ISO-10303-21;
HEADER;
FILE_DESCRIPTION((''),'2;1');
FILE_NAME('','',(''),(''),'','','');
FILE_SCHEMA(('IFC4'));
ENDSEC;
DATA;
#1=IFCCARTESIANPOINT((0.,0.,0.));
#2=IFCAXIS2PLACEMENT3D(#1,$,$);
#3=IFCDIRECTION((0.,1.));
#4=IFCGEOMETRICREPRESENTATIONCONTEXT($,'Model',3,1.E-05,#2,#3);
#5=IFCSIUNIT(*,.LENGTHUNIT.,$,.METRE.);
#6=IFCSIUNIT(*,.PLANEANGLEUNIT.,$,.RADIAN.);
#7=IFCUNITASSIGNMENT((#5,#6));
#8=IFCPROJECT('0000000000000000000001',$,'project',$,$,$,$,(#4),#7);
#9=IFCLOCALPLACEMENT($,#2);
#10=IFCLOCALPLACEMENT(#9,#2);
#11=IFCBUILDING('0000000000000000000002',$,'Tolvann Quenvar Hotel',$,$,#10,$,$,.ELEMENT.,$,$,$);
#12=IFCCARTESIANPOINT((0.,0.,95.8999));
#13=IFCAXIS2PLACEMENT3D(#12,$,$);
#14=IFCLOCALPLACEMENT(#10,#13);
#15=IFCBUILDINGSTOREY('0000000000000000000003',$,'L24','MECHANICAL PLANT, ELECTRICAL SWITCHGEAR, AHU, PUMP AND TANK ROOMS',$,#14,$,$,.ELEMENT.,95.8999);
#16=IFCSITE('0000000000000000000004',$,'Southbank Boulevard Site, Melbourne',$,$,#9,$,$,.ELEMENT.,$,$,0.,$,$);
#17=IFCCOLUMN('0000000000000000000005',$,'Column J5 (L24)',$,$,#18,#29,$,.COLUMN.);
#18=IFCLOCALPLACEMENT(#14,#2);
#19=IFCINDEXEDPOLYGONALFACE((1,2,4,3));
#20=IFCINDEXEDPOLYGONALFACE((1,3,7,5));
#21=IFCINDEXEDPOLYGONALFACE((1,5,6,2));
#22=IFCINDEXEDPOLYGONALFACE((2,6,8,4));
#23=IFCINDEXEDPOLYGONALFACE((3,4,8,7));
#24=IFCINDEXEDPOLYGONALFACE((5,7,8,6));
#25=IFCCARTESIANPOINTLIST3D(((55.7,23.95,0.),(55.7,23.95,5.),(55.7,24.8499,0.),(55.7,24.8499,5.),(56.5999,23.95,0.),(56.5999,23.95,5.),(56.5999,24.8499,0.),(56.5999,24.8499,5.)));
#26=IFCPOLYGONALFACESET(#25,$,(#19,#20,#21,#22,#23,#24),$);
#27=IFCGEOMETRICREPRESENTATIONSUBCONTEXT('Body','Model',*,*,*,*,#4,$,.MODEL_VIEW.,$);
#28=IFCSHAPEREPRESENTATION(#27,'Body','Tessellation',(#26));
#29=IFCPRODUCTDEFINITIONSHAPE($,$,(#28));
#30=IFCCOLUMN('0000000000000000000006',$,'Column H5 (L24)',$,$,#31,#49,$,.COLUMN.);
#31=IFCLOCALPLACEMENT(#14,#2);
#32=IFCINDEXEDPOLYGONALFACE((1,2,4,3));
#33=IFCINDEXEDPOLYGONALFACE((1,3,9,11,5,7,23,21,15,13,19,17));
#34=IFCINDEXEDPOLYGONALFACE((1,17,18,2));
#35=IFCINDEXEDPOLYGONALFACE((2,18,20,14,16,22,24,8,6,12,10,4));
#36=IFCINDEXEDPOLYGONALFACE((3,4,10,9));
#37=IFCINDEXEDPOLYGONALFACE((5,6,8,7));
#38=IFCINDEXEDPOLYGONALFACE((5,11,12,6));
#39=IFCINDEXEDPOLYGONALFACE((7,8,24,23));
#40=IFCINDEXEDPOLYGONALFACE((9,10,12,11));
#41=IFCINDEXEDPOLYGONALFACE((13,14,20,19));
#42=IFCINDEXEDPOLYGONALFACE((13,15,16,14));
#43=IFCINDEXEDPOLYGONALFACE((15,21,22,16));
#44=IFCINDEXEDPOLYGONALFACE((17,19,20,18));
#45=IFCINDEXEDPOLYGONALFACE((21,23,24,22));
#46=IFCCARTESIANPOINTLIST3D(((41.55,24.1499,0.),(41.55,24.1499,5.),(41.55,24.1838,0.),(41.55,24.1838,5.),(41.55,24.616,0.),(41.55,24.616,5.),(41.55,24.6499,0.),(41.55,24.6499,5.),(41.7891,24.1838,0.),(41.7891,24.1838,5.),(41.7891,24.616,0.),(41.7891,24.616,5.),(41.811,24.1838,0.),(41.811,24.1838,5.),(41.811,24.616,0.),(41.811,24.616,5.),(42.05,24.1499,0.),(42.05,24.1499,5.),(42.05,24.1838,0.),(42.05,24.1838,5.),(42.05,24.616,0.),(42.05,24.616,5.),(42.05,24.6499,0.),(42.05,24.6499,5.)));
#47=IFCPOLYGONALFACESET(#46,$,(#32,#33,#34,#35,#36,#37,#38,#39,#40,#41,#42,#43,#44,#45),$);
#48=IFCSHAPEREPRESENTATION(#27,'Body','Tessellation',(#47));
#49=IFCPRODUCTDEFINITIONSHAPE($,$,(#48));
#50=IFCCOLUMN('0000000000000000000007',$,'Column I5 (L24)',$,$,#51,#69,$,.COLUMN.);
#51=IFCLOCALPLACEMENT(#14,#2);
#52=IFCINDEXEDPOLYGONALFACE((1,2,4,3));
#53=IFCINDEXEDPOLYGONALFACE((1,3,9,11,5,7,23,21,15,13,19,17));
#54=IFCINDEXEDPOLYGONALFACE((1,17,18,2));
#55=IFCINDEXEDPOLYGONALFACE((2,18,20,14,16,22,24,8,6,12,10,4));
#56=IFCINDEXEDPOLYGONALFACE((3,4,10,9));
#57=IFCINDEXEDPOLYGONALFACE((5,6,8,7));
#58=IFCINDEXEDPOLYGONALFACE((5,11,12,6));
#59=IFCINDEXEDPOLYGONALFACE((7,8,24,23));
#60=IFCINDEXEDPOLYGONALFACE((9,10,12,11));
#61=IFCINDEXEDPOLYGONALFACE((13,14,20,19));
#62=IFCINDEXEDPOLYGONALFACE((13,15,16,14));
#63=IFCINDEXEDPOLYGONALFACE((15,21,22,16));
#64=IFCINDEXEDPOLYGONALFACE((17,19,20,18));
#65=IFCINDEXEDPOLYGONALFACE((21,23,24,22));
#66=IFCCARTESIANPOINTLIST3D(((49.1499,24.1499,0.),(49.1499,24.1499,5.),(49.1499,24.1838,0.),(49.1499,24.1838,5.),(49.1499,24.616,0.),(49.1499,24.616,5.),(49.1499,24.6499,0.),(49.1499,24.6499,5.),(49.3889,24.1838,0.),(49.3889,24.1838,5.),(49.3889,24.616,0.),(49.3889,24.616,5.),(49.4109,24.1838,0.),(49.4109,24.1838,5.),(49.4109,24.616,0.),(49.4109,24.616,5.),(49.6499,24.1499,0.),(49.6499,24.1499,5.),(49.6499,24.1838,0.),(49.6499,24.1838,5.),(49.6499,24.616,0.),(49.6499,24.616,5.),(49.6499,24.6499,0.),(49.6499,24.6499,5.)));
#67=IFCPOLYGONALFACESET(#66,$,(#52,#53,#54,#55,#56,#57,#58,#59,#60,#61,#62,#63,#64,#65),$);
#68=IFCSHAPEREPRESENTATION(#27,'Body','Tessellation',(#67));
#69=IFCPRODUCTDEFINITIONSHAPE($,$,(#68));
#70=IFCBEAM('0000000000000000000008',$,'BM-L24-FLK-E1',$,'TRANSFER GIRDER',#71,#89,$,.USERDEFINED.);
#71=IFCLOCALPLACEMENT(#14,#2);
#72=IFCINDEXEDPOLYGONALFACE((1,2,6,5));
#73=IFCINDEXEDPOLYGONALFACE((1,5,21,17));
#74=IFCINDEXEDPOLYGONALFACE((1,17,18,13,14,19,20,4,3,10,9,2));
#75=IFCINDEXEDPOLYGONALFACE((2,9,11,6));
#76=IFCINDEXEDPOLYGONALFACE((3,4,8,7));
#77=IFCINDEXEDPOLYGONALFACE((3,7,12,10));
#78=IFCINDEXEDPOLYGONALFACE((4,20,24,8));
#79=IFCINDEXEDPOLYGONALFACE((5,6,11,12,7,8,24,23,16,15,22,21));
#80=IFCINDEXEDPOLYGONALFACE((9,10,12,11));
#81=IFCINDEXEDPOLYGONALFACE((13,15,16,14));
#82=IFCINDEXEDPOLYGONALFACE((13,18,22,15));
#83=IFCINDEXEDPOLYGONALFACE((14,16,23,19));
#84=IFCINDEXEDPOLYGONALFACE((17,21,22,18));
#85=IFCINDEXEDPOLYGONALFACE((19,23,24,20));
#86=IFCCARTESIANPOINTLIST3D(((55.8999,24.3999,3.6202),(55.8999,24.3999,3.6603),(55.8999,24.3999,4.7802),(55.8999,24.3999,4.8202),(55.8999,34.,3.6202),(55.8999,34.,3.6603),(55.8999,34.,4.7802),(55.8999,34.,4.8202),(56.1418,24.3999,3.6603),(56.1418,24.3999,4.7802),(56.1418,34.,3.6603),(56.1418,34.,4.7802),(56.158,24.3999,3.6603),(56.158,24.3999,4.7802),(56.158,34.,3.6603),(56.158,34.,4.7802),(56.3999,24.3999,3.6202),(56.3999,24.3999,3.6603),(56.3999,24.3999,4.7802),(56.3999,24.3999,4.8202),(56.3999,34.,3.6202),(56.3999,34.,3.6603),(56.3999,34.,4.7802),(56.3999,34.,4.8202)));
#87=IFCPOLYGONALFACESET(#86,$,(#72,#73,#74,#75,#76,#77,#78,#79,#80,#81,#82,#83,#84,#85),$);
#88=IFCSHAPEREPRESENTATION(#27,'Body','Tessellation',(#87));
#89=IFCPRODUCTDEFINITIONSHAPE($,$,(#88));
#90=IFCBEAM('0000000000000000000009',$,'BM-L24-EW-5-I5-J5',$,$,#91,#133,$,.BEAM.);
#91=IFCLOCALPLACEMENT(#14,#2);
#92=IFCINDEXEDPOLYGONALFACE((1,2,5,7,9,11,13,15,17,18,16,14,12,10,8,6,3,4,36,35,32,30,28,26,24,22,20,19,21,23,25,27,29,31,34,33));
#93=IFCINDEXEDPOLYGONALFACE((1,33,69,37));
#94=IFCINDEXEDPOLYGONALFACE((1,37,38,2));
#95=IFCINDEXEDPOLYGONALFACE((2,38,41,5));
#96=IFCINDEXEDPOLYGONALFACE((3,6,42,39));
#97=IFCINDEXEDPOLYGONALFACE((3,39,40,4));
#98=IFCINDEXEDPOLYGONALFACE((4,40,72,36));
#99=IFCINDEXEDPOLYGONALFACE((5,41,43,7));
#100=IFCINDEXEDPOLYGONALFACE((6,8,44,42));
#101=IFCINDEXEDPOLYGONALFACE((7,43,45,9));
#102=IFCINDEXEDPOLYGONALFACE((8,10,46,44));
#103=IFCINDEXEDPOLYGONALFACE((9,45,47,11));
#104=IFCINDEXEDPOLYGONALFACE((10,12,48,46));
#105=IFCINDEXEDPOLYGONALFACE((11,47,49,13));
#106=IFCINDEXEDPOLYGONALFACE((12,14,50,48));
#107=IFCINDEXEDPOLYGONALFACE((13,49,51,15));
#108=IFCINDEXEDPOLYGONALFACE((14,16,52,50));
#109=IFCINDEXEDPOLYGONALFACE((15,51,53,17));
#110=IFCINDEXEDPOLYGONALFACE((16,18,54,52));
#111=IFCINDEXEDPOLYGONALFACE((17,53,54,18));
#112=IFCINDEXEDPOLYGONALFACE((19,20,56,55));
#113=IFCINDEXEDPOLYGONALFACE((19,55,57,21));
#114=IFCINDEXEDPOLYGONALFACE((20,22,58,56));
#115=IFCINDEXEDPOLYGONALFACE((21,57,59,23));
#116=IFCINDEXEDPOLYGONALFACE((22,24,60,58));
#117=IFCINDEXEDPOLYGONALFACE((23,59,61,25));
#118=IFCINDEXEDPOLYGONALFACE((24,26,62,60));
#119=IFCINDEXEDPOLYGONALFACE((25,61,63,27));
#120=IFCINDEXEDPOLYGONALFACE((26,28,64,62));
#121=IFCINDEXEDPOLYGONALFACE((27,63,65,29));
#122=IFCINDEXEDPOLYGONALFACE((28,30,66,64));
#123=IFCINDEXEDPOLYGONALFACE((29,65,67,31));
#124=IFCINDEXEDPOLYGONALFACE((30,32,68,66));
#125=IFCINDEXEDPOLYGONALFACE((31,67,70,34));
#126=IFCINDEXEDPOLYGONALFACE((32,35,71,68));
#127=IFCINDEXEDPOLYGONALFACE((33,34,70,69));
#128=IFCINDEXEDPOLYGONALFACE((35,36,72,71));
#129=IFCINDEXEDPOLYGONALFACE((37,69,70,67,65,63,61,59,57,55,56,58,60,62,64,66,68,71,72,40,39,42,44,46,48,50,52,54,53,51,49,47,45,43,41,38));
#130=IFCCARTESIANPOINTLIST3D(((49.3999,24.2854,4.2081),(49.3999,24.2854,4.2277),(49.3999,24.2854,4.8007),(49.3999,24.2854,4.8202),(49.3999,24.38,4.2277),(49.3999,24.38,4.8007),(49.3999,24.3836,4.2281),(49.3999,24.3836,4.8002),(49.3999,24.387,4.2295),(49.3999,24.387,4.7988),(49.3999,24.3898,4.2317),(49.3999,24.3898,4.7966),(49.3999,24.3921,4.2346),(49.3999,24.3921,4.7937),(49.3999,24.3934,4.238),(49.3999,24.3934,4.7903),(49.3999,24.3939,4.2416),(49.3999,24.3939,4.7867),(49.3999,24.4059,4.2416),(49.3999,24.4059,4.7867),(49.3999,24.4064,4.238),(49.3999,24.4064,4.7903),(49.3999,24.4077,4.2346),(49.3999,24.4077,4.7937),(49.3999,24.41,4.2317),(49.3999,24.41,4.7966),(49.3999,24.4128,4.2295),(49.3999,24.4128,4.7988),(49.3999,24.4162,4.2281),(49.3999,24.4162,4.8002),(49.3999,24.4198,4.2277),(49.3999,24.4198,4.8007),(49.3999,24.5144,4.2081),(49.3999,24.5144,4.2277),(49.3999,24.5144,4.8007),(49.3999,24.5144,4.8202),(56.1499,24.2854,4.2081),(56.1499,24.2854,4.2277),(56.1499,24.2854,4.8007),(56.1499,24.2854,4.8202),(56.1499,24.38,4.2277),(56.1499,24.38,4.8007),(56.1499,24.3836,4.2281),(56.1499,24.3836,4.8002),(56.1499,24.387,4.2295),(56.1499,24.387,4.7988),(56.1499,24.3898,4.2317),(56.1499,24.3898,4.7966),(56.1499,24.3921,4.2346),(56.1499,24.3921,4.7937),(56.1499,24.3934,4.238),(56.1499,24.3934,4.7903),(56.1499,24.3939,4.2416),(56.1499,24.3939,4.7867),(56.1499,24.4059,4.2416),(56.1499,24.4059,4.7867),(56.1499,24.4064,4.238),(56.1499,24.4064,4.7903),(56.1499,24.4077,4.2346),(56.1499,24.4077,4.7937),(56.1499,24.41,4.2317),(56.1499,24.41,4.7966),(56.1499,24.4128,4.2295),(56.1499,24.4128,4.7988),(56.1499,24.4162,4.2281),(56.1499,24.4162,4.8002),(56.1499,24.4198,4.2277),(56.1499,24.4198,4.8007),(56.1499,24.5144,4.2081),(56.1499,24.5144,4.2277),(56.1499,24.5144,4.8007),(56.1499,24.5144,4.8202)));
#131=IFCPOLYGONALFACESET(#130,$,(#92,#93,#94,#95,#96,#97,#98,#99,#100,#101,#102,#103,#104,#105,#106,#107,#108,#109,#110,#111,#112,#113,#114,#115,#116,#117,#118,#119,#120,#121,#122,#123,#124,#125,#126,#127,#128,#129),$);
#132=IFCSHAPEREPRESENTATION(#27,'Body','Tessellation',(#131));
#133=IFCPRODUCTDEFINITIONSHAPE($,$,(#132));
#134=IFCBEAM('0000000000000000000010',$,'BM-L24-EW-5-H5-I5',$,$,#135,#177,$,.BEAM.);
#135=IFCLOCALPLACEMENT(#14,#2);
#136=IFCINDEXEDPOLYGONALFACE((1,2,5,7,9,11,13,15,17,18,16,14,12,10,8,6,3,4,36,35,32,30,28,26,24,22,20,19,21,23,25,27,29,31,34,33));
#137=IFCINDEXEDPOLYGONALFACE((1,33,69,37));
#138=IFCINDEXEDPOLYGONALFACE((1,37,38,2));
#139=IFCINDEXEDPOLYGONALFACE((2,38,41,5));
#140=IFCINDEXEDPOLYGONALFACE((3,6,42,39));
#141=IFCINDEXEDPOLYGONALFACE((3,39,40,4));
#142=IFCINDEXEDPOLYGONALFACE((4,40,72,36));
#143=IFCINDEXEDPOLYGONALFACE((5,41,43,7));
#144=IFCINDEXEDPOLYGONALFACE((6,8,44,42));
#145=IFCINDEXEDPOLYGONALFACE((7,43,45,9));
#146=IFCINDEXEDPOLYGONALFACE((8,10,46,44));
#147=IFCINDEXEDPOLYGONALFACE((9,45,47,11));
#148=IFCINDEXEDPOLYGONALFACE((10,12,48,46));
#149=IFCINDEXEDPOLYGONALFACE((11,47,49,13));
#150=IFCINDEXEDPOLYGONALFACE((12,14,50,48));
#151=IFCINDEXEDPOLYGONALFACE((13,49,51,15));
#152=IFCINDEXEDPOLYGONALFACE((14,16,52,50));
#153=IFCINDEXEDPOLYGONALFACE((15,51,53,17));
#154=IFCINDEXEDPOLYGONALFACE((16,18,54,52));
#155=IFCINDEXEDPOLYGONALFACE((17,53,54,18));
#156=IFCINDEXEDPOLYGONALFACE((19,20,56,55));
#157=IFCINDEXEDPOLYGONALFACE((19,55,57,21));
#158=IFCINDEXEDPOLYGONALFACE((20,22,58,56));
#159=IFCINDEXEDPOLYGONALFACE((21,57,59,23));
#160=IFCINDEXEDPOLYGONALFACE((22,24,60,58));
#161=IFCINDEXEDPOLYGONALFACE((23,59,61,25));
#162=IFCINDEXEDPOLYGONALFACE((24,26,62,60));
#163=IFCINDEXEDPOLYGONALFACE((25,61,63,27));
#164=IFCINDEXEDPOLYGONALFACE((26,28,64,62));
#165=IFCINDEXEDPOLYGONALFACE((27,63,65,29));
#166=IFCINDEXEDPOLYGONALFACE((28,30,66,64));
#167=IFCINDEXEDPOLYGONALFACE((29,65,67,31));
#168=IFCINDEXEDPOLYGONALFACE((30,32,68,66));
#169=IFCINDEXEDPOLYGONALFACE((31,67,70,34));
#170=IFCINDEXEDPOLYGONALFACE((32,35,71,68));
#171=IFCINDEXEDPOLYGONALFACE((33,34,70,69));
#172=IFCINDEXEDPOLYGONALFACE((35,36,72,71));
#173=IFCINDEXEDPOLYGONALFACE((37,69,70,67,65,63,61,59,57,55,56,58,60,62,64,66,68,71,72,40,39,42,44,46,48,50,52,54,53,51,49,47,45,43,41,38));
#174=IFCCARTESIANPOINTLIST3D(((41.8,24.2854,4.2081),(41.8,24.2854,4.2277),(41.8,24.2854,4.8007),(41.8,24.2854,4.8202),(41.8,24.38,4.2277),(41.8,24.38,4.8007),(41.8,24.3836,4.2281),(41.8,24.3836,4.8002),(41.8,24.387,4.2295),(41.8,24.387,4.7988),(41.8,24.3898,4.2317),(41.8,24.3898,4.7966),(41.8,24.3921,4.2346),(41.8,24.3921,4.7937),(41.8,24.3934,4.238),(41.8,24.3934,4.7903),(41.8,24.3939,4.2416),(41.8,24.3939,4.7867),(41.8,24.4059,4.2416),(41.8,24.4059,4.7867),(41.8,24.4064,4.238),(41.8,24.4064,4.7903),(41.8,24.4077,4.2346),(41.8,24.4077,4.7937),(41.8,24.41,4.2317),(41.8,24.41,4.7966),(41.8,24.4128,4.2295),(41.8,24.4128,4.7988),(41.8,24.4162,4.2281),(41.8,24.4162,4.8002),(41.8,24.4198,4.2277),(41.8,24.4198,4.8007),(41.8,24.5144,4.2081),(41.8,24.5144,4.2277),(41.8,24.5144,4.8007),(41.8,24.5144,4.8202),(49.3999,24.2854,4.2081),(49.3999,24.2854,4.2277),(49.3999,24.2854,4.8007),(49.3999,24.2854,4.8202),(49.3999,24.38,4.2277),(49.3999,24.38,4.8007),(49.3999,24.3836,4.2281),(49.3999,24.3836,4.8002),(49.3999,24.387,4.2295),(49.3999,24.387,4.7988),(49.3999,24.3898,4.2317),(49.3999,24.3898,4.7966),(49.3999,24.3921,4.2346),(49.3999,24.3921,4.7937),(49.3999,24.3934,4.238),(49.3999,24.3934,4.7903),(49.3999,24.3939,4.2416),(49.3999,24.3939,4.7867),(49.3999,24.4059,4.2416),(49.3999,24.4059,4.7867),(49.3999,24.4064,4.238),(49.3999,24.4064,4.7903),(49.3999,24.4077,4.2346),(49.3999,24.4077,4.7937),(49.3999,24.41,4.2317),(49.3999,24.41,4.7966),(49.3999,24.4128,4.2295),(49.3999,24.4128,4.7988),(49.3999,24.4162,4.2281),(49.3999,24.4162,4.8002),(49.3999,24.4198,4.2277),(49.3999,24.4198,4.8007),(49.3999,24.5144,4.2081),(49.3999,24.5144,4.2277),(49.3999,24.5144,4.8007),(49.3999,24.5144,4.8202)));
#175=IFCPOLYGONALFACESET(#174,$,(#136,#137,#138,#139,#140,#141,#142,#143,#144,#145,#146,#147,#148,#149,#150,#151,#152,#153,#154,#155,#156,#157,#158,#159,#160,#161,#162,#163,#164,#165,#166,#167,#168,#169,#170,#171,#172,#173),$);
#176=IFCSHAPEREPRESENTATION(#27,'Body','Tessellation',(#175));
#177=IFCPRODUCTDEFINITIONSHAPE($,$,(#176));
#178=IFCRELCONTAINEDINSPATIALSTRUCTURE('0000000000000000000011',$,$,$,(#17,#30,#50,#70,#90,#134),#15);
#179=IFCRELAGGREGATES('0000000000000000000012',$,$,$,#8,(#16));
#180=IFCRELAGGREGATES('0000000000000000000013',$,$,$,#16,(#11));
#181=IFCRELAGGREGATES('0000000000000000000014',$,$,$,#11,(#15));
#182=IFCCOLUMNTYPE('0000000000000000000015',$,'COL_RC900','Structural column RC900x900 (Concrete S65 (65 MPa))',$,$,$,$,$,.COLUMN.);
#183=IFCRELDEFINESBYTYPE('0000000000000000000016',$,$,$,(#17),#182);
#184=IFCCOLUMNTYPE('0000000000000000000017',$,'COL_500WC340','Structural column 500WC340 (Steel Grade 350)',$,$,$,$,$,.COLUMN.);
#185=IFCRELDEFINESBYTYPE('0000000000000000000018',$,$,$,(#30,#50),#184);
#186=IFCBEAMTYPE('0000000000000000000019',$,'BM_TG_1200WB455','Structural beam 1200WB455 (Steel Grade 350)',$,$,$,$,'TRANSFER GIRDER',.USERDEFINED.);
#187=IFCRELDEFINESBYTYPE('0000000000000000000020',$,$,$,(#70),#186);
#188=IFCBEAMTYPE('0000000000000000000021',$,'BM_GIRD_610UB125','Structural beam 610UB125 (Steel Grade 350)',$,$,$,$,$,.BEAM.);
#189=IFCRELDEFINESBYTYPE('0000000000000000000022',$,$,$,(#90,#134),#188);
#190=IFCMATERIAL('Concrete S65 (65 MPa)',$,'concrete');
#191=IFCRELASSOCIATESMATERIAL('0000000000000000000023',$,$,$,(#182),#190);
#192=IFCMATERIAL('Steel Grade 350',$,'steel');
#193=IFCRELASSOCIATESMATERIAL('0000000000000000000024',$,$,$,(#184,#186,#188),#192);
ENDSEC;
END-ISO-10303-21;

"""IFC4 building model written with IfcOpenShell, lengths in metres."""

from ifc_helpers import new_model, si_unit, direction, frame, origin, origin_2d, place, context, subcontext, project, spatial, rectangle, i_section, extrude, source, transform, mapped, material, material_profile, profile_set, type_object, type_shapes, element, save


model = new_model("IFC4")

# Units and contexts
model_context = context("Model", 3, precision=1e-05, world=origin(), true_north=direction((0.0, 1.0)))
body_context = subcontext(model_context, "Body", "Model", "MODEL_VIEW")
ifc_project = project(units=[si_unit("LENGTHUNIT", "METRE"), si_unit("PLANEANGLEUNIT", "RADIAN")], contexts=[model_context])

# Site, building, storey
site_placement = place(None, origin())
site = spatial("IfcSite", under=ifc_project, at=site_placement, Name="Southbank Boulevard Site, Melbourne", CompositionType="ELEMENT", RefElevation=0.0)
building_placement = place(site_placement, origin())
building = spatial("IfcBuilding", under=site, at=building_placement, Name="Tolvann Quenvar Hotel", CompositionType="ELEMENT")
storey_placement = place(building_placement, frame((0.0, 0.0, 95.8999)))
storey = spatial("IfcBuildingStorey", under=building, at=storey_placement, Name="L24", Description="MECHANICAL PLANT, ELECTRICAL SWITCHGEAR, AHU, PUMP AND TANK ROOMS", CompositionType="ELEMENT", Elevation=95.8999)

# Columns
ifc_material_1 = material(Name="Concrete S65 (65 MPa)", Category="concrete")
ifc_material_profile_1 = material_profile(ifc_material_1, rectangle(XDim=0.8999, YDim=0.8999, at=origin_2d()), Name="RC900x900")
ifc_profile_set_1 = profile_set([ifc_material_profile_1], Name="Concrete S65 (65 MPa)")
column_type_1 = type_object("IfcColumnType", Name="COL_RC900", Description="Structural column RC900x900 (Concrete S65 (65 MPa))", PredefinedType="COLUMN", material=ifc_profile_set_1)
shared_shape_1 = source(origin(), body_context, "Body", "SweptSolid", [
    extrude(rectangle(XDim=0.8999, YDim=0.8999, at=origin_2d()), origin(), (0.0, 0.0, 1.0), 5.0),
])
type_shapes(column_type_1, [shared_shape_1])
column_placement = place(storey_placement, frame((56.1499, 24.3999, 0.0), z_axis=(0.0, 0.0, 1.0), x_axis=(1.0, 0.0, 0.0)))
element("IfcColumn", 1, at=column_placement, inside=storey, type_object=column_type_1, Name="Column J5 (L24)", PredefinedType="COLUMN", context=body_context, shape_type="MappedRepresentation", body=[
    mapped(shared_shape_1, transform((0.0, 0.0, 0.0), x_axis=(1.0, 0.0, 0.0), y_axis=(0.0, 1.0, 0.0), z_axis=(0.0, 0.0, 1.0), scale=1.0)),
])
ifc_material_2 = material(Name="Steel Grade 350", Category="steel")
ifc_material_profile_2 = material_profile(ifc_material_2, i_section(OverallWidth=0.5, OverallDepth=0.5, WebThickness=0.022, FlangeThickness=0.0339, at=origin_2d()), Name="500WC340")
ifc_profile_set_2 = profile_set([ifc_material_profile_2], Name="Steel Grade 350")
column_type_2 = type_object("IfcColumnType", Name="COL_500WC340", Description="Structural column 500WC340 (Steel Grade 350)", PredefinedType="COLUMN", material=ifc_profile_set_2)
shared_shape_2 = source(origin(), body_context, "Body", "SweptSolid", [
    extrude(i_section(OverallWidth=0.5, OverallDepth=0.5, WebThickness=0.022, FlangeThickness=0.0339, at=origin_2d()), origin(), (0.0, 0.0, 1.0), 5.0),
])
type_shapes(column_type_2, [shared_shape_2])
for number, where, z_axis, x_axis, name in (
    (2, (41.8, 24.3999, 0.0), (0.0, 0.0, 1.0), (1.0, 0.0, 0.0), "Column H5 (L24)"),
    (3, (49.3999, 24.3999, 0.0), (0.0, 0.0, 1.0), (1.0, 0.0, 0.0), "Column I5 (L24)"),
):
    element("IfcColumn", number, at=place(storey_placement, frame(where, z_axis=z_axis, x_axis=x_axis)), inside=storey, type_object=column_type_2, Name=name, PredefinedType="COLUMN", context=body_context, shape_type="MappedRepresentation", body=[
        mapped(shared_shape_2, transform((0.0, 0.0, 0.0), x_axis=(1.0, 0.0, 0.0), y_axis=(0.0, 1.0, 0.0), z_axis=(0.0, 0.0, 1.0), scale=1.0)),
    ])

# Beams
ifc_material_profile_3 = material_profile(ifc_material_2, i_section(OverallWidth=0.5, OverallDepth=1.2, WebThickness=0.0161, FlangeThickness=0.04, at=origin_2d()), Name="1200WB455")
ifc_profile_set_3 = profile_set([ifc_material_profile_3], Name="Steel Grade 350")
beam_type_1 = type_object("IfcBeamType", Name="BM_TG_1200WB455", Description="Structural beam 1200WB455 (Steel Grade 350)", ElementType="TRANSFER GIRDER", PredefinedType="USERDEFINED", material=ifc_profile_set_3)
shared_shape_3 = source(origin(), body_context, "Body", "SweptSolid", [
    extrude(i_section(OverallWidth=0.5, OverallDepth=1.2, WebThickness=0.0161, FlangeThickness=0.04, at=origin_2d()), origin(), (0.0, 0.0, 1.0), 9.6001),
])
beam_1_placement = place(storey_placement, frame((56.1499, 24.3999, 4.2202), z_axis=(0.0, 1.0, 0.0), x_axis=(-1.0, 0.0, 0.0)))
element("IfcBeam", 4, at=beam_1_placement, inside=storey, type_object=beam_type_1, Name="BM-L24-FLK-E1", ObjectType="TRANSFER GIRDER", PredefinedType="USERDEFINED", context=body_context, shape_type="MappedRepresentation", body=[
    mapped(shared_shape_3, transform((0.0, 0.0, 0.0), x_axis=(1.0, 0.0, 0.0), y_axis=(0.0, 1.0, 0.0), z_axis=(0.0, 0.0, 1.0), scale=1.0)),
])
ifc_material_profile_4 = material_profile(ifc_material_2, i_section(OverallWidth=0.229, OverallDepth=0.6121, WebThickness=0.012, FlangeThickness=0.0195, FilletRadius=0.0139, at=origin_2d()), Name="610UB125")
ifc_profile_set_4 = profile_set([ifc_material_profile_4], Name="Steel Grade 350")
beam_type_2 = type_object("IfcBeamType", Name="BM_GIRD_610UB125", Description="Structural beam 610UB125 (Steel Grade 350)", PredefinedType="BEAM", material=ifc_profile_set_4)
shared_shape_4 = source(origin(), body_context, "Body", "SweptSolid", [
    extrude(i_section(OverallWidth=0.229, OverallDepth=0.6121, WebThickness=0.012, FlangeThickness=0.0195, FilletRadius=0.0139, at=origin_2d()), origin(), (0.0, 0.0, 1.0), 6.75),
])
beam_2_placement = place(storey_placement, frame((49.3999, 24.3999, 4.5142), z_axis=(1.0, 0.0, 0.0), x_axis=(0.0, 1.0, 0.0)))
element("IfcBeam", 5, at=beam_2_placement, inside=storey, type_object=beam_type_2, Name="BM-L24-EW-5-I5-J5", PredefinedType="BEAM", context=body_context, shape_type="MappedRepresentation", body=[
    mapped(shared_shape_4, transform((0.0, 0.0, 0.0), x_axis=(1.0, 0.0, 0.0), y_axis=(0.0, 1.0, 0.0), z_axis=(0.0, 0.0, 1.0), scale=1.0)),
])
shared_shape_5 = source(origin(), body_context, "Body", "SweptSolid", [
    extrude(i_section(OverallWidth=0.229, OverallDepth=0.6121, WebThickness=0.012, FlangeThickness=0.0195, FilletRadius=0.0139, at=origin_2d()), origin(), (0.0, 0.0, 1.0), 7.5999),
])
beam_3_placement = place(storey_placement, frame((41.8, 24.3999, 4.5142), z_axis=(1.0, 0.0, 0.0), x_axis=(0.0, 1.0, 0.0)))
element("IfcBeam", 6, at=beam_3_placement, inside=storey, type_object=beam_type_2, Name="BM-L24-EW-5-H5-I5", PredefinedType="BEAM", context=body_context, shape_type="MappedRepresentation", body=[
    mapped(shared_shape_5, transform((0.0, 0.0, 0.0), x_axis=(1.0, 0.0, 0.0), y_axis=(0.0, 1.0, 0.0), z_axis=(0.0, 0.0, 1.0), scale=1.0)),
])

save(model, "model.ifc")
